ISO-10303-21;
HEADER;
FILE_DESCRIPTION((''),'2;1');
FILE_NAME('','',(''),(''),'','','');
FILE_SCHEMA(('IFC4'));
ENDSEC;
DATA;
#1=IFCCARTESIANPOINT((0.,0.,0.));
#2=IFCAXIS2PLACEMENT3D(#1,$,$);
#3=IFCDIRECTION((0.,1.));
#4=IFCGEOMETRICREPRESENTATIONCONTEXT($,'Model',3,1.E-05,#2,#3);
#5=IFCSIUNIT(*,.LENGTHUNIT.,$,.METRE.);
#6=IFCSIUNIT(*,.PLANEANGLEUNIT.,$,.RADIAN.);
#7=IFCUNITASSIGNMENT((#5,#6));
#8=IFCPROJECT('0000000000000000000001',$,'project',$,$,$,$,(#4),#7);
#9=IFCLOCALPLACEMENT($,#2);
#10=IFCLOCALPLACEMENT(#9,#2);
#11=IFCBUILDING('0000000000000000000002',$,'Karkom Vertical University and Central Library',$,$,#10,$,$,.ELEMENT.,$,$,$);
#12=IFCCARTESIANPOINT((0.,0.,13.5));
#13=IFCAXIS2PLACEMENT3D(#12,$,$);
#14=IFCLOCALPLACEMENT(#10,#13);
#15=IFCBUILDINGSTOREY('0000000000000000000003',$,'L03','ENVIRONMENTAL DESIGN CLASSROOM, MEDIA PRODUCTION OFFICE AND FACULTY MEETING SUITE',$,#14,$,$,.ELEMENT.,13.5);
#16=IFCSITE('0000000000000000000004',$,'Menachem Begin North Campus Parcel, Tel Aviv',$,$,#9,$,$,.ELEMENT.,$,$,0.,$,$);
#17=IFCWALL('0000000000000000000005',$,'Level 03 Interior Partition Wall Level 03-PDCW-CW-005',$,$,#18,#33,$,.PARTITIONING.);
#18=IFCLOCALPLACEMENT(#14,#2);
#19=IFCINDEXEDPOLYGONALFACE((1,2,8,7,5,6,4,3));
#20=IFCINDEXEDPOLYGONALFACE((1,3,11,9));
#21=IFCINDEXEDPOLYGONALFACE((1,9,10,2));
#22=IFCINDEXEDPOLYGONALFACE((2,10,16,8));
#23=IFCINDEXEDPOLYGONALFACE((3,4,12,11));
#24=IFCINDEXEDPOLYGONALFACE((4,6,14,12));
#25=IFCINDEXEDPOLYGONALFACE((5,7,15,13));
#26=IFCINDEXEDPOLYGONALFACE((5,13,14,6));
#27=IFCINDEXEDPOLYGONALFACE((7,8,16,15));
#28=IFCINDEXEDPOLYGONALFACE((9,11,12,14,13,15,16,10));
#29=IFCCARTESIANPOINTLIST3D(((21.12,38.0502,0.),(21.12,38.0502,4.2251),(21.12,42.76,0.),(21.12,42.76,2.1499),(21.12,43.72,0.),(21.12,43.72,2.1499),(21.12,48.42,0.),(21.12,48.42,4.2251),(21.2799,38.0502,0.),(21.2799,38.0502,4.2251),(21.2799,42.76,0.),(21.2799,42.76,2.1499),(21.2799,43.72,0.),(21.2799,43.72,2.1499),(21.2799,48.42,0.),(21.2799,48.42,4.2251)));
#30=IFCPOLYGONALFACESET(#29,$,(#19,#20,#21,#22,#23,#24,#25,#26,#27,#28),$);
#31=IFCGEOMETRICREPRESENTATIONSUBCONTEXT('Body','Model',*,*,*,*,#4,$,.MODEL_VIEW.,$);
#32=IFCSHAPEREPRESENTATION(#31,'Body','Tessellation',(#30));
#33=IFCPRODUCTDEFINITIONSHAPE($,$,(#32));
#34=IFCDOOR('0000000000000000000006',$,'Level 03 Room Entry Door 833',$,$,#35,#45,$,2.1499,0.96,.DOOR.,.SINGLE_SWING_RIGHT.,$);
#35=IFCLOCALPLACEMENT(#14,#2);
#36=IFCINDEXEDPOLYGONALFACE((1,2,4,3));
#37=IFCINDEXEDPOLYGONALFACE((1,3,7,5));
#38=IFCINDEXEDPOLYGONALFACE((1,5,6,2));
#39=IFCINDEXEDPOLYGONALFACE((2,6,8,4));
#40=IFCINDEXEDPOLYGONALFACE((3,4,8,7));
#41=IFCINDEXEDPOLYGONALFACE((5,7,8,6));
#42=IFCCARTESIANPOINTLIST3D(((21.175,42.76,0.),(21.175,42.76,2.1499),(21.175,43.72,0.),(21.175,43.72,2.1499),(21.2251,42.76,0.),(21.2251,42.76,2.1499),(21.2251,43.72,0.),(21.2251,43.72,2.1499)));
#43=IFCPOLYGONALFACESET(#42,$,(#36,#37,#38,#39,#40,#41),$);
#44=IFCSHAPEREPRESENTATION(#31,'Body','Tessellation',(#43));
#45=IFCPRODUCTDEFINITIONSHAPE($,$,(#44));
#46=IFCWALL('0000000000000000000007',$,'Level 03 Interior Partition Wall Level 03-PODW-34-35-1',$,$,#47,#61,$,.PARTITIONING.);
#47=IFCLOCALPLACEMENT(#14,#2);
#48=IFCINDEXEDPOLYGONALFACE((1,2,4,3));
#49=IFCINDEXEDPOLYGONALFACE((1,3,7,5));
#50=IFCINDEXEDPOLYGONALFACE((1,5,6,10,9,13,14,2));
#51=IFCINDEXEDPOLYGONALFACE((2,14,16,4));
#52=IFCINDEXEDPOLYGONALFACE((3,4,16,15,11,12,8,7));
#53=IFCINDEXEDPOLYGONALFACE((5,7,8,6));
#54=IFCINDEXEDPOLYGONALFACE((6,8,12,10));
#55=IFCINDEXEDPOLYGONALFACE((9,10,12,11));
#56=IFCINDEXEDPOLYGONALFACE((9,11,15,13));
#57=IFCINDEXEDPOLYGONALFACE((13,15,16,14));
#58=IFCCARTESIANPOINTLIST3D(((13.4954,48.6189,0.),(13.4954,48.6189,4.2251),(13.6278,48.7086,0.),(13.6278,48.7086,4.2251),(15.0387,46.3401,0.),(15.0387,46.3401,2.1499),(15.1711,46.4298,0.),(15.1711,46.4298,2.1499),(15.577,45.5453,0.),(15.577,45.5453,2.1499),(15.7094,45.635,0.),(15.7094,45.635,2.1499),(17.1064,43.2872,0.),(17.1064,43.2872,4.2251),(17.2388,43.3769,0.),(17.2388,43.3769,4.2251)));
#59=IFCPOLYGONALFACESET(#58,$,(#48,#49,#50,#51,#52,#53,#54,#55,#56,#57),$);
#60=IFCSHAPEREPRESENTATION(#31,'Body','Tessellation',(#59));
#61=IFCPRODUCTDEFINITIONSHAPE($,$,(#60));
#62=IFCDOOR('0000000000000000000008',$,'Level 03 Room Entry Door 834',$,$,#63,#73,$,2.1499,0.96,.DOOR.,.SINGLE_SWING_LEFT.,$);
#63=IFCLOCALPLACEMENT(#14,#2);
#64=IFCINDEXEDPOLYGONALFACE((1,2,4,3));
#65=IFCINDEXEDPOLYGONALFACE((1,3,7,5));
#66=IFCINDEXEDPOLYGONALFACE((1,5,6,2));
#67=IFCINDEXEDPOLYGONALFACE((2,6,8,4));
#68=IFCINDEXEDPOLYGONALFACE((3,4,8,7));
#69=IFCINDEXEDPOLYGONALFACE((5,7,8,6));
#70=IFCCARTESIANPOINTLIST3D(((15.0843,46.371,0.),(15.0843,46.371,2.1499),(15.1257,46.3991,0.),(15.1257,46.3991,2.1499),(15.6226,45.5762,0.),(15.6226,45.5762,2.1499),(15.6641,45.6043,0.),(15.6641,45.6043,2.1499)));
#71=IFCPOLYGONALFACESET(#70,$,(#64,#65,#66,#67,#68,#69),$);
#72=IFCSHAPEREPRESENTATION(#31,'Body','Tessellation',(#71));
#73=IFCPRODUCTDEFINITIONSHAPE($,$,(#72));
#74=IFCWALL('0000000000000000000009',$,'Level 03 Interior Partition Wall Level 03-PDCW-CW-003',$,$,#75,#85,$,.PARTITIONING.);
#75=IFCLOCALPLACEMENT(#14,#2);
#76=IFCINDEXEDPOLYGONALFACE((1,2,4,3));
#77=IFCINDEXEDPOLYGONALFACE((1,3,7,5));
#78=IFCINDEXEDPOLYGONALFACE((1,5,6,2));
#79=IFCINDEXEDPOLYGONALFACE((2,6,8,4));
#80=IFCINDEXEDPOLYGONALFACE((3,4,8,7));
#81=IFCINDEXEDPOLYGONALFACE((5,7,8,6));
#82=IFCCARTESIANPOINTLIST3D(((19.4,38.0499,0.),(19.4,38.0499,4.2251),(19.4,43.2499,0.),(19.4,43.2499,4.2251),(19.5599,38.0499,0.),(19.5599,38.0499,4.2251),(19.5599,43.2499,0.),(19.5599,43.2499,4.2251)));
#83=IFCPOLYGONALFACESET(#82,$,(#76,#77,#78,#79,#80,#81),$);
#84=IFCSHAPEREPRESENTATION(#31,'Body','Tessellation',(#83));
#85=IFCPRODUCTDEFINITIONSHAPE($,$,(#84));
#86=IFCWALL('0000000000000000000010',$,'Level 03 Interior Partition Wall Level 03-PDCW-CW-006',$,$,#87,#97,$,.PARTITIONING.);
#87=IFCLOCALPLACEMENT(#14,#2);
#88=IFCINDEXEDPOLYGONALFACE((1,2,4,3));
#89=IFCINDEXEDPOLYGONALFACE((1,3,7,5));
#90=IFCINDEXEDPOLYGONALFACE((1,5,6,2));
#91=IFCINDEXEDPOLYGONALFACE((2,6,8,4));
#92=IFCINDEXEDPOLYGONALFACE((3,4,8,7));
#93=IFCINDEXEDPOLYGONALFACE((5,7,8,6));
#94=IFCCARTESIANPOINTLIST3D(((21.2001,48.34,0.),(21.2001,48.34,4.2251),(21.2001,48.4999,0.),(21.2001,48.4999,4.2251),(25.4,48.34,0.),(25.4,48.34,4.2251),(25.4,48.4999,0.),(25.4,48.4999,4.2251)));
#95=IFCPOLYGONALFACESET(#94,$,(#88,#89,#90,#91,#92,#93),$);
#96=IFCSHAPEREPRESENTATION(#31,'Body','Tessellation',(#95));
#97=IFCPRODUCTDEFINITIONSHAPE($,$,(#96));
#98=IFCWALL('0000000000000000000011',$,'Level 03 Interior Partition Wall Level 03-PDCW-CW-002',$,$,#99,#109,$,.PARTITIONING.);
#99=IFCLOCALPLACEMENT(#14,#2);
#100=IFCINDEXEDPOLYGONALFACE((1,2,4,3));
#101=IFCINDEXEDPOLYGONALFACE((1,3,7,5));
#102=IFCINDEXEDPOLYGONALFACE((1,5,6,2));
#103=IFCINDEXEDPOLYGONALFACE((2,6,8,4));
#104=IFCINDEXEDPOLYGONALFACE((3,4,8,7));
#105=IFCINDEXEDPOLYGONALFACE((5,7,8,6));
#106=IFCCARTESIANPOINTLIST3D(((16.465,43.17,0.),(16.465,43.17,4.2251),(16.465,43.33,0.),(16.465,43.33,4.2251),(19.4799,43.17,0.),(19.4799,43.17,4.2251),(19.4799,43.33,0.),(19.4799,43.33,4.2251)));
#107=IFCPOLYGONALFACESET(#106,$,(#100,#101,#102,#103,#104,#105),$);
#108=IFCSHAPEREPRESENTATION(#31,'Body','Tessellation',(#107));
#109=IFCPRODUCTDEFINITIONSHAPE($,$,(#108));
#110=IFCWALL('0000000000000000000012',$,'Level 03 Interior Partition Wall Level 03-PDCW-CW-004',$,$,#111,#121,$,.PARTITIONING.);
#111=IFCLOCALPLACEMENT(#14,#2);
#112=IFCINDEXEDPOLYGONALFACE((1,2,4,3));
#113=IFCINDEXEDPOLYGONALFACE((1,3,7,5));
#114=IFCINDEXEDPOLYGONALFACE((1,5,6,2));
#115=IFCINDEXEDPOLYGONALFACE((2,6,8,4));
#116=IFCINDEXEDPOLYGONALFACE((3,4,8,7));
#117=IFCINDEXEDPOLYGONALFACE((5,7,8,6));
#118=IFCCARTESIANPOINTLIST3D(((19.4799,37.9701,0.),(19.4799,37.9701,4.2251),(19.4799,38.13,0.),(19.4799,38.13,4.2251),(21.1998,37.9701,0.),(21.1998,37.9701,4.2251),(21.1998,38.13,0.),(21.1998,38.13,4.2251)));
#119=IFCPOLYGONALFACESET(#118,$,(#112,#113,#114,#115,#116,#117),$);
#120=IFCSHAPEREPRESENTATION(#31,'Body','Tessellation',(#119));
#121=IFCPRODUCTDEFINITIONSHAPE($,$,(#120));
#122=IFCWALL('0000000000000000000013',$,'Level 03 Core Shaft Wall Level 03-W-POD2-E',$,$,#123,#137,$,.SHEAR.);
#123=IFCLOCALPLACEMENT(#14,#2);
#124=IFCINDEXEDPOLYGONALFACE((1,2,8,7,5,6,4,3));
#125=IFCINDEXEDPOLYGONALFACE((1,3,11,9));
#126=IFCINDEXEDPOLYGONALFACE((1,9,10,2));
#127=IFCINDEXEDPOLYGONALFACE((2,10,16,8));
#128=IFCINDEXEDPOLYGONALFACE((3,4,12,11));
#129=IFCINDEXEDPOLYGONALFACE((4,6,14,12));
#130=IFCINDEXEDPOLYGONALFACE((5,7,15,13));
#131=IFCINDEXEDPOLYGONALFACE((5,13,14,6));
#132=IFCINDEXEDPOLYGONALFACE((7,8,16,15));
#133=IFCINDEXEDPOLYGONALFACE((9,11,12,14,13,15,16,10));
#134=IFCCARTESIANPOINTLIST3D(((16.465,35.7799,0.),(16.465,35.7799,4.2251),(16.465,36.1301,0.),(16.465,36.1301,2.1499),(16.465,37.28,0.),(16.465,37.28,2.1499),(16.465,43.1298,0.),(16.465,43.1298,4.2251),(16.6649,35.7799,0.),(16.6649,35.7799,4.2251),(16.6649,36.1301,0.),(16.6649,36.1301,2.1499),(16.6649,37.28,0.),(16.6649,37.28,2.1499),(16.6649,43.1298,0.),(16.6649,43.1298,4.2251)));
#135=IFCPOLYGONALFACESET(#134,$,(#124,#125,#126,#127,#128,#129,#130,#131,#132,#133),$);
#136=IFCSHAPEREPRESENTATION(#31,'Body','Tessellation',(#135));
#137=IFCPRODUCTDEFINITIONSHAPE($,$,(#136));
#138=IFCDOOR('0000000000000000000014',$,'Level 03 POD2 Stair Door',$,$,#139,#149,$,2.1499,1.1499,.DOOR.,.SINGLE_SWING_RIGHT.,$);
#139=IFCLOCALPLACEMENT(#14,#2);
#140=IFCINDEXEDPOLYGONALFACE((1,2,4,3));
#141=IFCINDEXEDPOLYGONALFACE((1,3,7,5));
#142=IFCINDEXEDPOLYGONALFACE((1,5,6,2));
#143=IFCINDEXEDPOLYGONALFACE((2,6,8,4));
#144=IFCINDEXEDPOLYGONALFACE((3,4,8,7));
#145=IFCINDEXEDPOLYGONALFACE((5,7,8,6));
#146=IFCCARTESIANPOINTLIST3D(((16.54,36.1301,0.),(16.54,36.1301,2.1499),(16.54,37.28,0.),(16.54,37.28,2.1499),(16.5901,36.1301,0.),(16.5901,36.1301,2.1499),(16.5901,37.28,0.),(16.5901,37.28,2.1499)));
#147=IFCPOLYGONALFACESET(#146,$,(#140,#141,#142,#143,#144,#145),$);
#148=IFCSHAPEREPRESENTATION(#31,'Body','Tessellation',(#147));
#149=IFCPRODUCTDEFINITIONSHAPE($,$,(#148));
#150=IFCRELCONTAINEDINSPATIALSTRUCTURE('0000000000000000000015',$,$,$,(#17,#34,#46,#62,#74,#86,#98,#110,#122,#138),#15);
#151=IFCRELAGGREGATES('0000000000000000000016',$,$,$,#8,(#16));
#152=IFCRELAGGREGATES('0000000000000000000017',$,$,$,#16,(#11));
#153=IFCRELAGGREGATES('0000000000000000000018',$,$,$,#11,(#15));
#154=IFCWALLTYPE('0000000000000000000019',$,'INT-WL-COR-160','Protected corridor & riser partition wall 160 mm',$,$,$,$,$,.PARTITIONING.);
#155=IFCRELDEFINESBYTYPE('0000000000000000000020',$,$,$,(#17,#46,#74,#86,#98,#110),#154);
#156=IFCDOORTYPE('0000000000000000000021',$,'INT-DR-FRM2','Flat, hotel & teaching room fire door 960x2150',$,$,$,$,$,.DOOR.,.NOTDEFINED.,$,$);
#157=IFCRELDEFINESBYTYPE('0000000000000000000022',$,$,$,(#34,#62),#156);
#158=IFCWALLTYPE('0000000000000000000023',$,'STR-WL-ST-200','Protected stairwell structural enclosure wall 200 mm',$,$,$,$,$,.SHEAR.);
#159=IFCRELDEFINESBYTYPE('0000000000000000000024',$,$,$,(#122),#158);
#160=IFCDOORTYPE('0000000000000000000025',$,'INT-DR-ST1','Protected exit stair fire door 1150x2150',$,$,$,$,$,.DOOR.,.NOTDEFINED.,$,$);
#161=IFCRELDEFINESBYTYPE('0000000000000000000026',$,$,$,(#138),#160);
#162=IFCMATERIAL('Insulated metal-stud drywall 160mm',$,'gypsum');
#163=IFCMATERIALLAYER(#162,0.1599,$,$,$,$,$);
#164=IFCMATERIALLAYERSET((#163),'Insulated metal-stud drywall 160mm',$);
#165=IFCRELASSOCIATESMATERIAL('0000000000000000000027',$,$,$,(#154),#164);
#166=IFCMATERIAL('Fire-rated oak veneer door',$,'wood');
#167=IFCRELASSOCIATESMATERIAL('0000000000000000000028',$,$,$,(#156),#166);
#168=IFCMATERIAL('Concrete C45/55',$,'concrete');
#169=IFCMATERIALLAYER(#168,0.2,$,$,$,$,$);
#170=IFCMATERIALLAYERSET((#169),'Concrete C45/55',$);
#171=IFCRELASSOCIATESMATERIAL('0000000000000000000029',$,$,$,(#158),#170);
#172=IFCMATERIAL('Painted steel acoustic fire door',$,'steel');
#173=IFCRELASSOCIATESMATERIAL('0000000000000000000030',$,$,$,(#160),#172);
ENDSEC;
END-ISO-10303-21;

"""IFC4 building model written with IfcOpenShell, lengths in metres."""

from ifc_helpers import new_model, si_unit, direction, frame, frame_2d, origin, origin_with_axes, place, context, subcontext, project, spatial, rectangle, extrude, source, transform, mapped, material, layer, layer_set, type_object, element, fill, save


model = new_model("IFC4")

# Units and contexts
model_context = context("Model", 3, precision=1e-05, world=origin(), true_north=direction((0.0, 1.0)))
body_context = subcontext(model_context, "Body", "Model", "MODEL_VIEW")
ifc_project = project(units=[si_unit("LENGTHUNIT", "METRE"), si_unit("PLANEANGLEUNIT", "RADIAN")], contexts=[model_context])

# Site, building, storey
site_placement = place(None, origin())
site = spatial("IfcSite", under=ifc_project, at=site_placement, Name="Menachem Begin North Campus Parcel, Tel Aviv", CompositionType="ELEMENT", RefElevation=0.0)
building_placement = place(site_placement, origin())
building = spatial("IfcBuilding", under=site, at=building_placement, Name="Karkom Vertical University and Central Library", CompositionType="ELEMENT")
storey_placement = place(building_placement, frame((0.0, 0.0, 13.5)))
storey = spatial("IfcBuildingStorey", under=building, at=storey_placement, Name="L03", Description="ENVIRONMENTAL DESIGN CLASSROOM, MEDIA PRODUCTION OFFICE AND FACULTY MEETING SUITE", CompositionType="ELEMENT", Elevation=13.5)

# Walls, openings, doors
ifc_material_1 = material(Name="Insulated metal-stud drywall 160mm", Category="gypsum")
ifc_layer_1 = layer(ifc_material_1, 0.1599)
ifc_layer_set_1 = layer_set([ifc_layer_1], Name="Insulated metal-stud drywall 160mm")
wall_type_1 = type_object("IfcWallType", Name="INT-WL-COR-160", Description="Protected corridor & riser partition wall 160 mm", PredefinedType="PARTITIONING", material=ifc_layer_set_1)
wall_1_placement = place(storey_placement, frame((21.2, 38.05, 0.0), z_axis=(0.0, 0.0, 1.0), x_axis=(0.0, 1.0, 0.0)))
wall_1 = element("IfcWall", 1, at=wall_1_placement, inside=storey, type_object=wall_type_1, Name="Level 03 Interior Partition Wall Level 03-PDCW-CW-005", PredefinedType="PARTITIONING", context=body_context, shape_type="SweptSolid", body=[
    extrude(rectangle(XDim=10.3699, YDim=0.1599, at=frame_2d((5.1851, 0.0))), origin(), (0.0, 0.0, 1.0), 4.2251),
])
opening_1_placement = place(wall_1_placement, frame((4.71, 0.0, 0.0)))
opening_1 = element("IfcOpeningElement", 2, at=opening_1_placement, cuts=wall_1, PredefinedType="OPENING", context=body_context, shape_type="SweptSolid", body=[
    extrude(rectangle(XDim=0.96, YDim=2.1499, at=frame_2d((0.48, 1.075))), frame((0.0, 0.0898, 0.0), z_axis=(0.0, -1.0, 0.0), x_axis=(1.0, 0.0, 0.0)), (0.0, 0.0, 1.0), 0.1799),
])
ifc_material_2 = material(Name="Fire-rated oak veneer door", Category="wood")
door_type_1 = type_object("IfcDoorType", Name="INT-DR-FRM2", Description="Flat, hotel & teaching room fire door 960x2150", OperationType="NOTDEFINED", PredefinedType="DOOR", material=ifc_material_2)
shared_shape_1 = source(origin_with_axes(), body_context, "Body", "SweptSolid", [
    extrude(rectangle(XDim=0.96, YDim=2.1499, at=frame_2d((0.48, 1.075))), frame((0.0, 0.0249, 0.0), z_axis=(0.0, -1.0, 0.0), x_axis=(1.0, 0.0, 0.0)), (0.0, 0.0, 1.0), 0.05),
])
door_1_placement = place(opening_1_placement, origin())
door_1 = element("IfcDoor", 3, at=door_1_placement, inside=storey, type_object=door_type_1, Name="Level 03 Room Entry Door 833", OperationType="SINGLE_SWING_RIGHT", OverallHeight=2.1499, OverallWidth=0.96, PredefinedType="DOOR", context=body_context, shape_type="MappedRepresentation", body=[
    mapped(shared_shape_1, transform((0.0, 0.0, 0.0), scale=1.0)),
])
fill(opening_1, door_1)
wall_2_placement = place(storey_placement, frame((17.1726, 43.332, 0.0), z_axis=(0.0, 0.0, 1.0), x_axis=(-0.560766, 0.827974, 0.0)))
wall_2 = element("IfcWall", 4, at=wall_2_placement, inside=storey, type_object=wall_type_1, Name="Level 03 Interior Partition Wall Level 03-PODW-34-35-1", PredefinedType="PARTITIONING", context=body_context, shape_type="SweptSolid", body=[
    extrude(rectangle(XDim=6.4395, YDim=0.1599, at=frame_2d((3.2197, 0.0))), origin(), (0.0, 0.0, 1.0), 4.2251),
])
opening_2_placement = place(wall_2_placement, frame((2.7273, 0.0, 0.0)))
opening_2 = element("IfcOpeningElement", 5, at=opening_2_placement, cuts=wall_2, PredefinedType="OPENING", context=body_context, shape_type="SweptSolid", body=[
    extrude(rectangle(XDim=0.96, YDim=2.1499, at=frame_2d((0.48, 1.075))), frame((0.0, 0.0898, 0.0), z_axis=(0.0, -1.0, 0.0), x_axis=(1.0, 0.0, 0.0)), (0.0, 0.0, 1.0), 0.1799),
])
door_2_placement = place(opening_2_placement, origin())
door_2 = element("IfcDoor", 6, at=door_2_placement, inside=storey, type_object=door_type_1, Name="Level 03 Room Entry Door 834", OperationType="SINGLE_SWING_LEFT", OverallHeight=2.1499, OverallWidth=0.96, PredefinedType="DOOR", context=body_context, shape_type="MappedRepresentation", body=[
    mapped(shared_shape_1, transform((0.0, 0.0, 0.0), scale=1.0)),
])
fill(opening_2, door_2)

# Walls
wall_3_placement = place(storey_placement, frame((19.48, 43.25, 0.0), z_axis=(0.0, 0.0, 1.0), x_axis=(0.0, -1.0, 0.0)))
element("IfcWall", 7, at=wall_3_placement, inside=storey, type_object=wall_type_1, Name="Level 03 Interior Partition Wall Level 03-PDCW-CW-003", PredefinedType="PARTITIONING", context=body_context, shape_type="SweptSolid", body=[
    extrude(rectangle(XDim=5.2, YDim=0.1599, at=frame_2d((2.6001, 0.0))), origin(), (0.0, 0.0, 1.0), 4.2251),
])
wall_4_placement = place(storey_placement, frame((21.2, 48.4199, 0.0), z_axis=(0.0, 0.0, 1.0), x_axis=(1.0, 0.0, 0.0)))
element("IfcWall", 8, at=wall_4_placement, inside=storey, type_object=wall_type_1, Name="Level 03 Interior Partition Wall Level 03-PDCW-CW-006", PredefinedType="PARTITIONING", context=body_context, shape_type="SweptSolid", body=[
    extrude(rectangle(XDim=4.2, YDim=0.1599, at=frame_2d((2.1001, 0.0))), origin(), (0.0, 0.0, 1.0), 4.2251),
])
wall_5_placement = place(storey_placement, frame((16.4651, 43.25, 0.0), z_axis=(0.0, 0.0, 1.0), x_axis=(1.0, 0.0, 0.0)))
element("IfcWall", 9, at=wall_5_placement, inside=storey, type_object=wall_type_1, Name="Level 03 Interior Partition Wall Level 03-PDCW-CW-002", PredefinedType="PARTITIONING", context=body_context, shape_type="SweptSolid", body=[
    extrude(rectangle(XDim=3.0149, YDim=0.1599, at=frame_2d((1.5073, 0.0))), origin(), (0.0, 0.0, 1.0), 4.2251),
])
wall_6_placement = place(storey_placement, frame((19.48, 38.05, 0.0), z_axis=(0.0, 0.0, 1.0), x_axis=(1.0, 0.0, 0.0)))
element("IfcWall", 10, at=wall_6_placement, inside=storey, type_object=wall_type_1, Name="Level 03 Interior Partition Wall Level 03-PDCW-CW-004", PredefinedType="PARTITIONING", context=body_context, shape_type="SweptSolid", body=[
    extrude(rectangle(XDim=1.72, YDim=0.1599, at=frame_2d((0.8599, 0.0))), origin(), (0.0, 0.0, 1.0), 4.2251),
])

# Wall, opening, door
ifc_material_3 = material(Name="Concrete C45/55", Category="concrete")
ifc_layer_2 = layer(ifc_material_3, 0.2)
ifc_layer_set_2 = layer_set([ifc_layer_2], Name="Concrete C45/55")
wall_type_2 = type_object("IfcWallType", Name="STR-WL-ST-200", Description="Protected stairwell structural enclosure wall 200 mm", PredefinedType="SHEAR", material=ifc_layer_set_2)
wall_7_placement = place(storey_placement, frame((16.5649, 35.78, 0.0), z_axis=(0.0, 0.0, 1.0), x_axis=(0.0, 1.0, 0.0)))
wall_7 = element("IfcWall", 11, at=wall_7_placement, inside=storey, type_object=wall_type_2, Name="Level 03 Core Shaft Wall Level 03-W-POD2-E", PredefinedType="SHEAR", context=body_context, shape_type="SweptSolid", body=[
    extrude(rectangle(XDim=7.3499, YDim=0.2, at=frame_2d((3.6748, 0.0))), origin(), (0.0, 0.0, 1.0), 4.2251),
])
opening_3_placement = place(wall_7_placement, frame((0.3501, 0.0, 0.0)))
opening_3 = element("IfcOpeningElement", 12, at=opening_3_placement, cuts=wall_7, PredefinedType="OPENING", context=body_context, shape_type="SweptSolid", body=[
    extrude(rectangle(XDim=1.1499, YDim=2.1499, at=frame_2d((0.575, 1.075))), frame((0.0, 0.1099, 0.0), z_axis=(0.0, -1.0, 0.0), x_axis=(1.0, 0.0, 0.0)), (0.0, 0.0, 1.0), 0.22),
])
ifc_material_4 = material(Name="Painted steel acoustic fire door", Category="steel")
door_type_2 = type_object("IfcDoorType", Name="INT-DR-ST1", Description="Protected exit stair fire door 1150x2150", OperationType="NOTDEFINED", PredefinedType="DOOR", material=ifc_material_4)
shared_shape_2 = source(origin_with_axes(), body_context, "Body", "SweptSolid", [
    extrude(rectangle(XDim=1.1499, YDim=2.1499, at=frame_2d((0.575, 1.075))), frame((0.0, 0.0249, 0.0), z_axis=(0.0, -1.0, 0.0), x_axis=(1.0, 0.0, 0.0)), (0.0, 0.0, 1.0), 0.05),
])
door_3_placement = place(opening_3_placement, origin())
door_3 = element("IfcDoor", 13, at=door_3_placement, inside=storey, type_object=door_type_2, Name="Level 03 POD2 Stair Door", OperationType="SINGLE_SWING_RIGHT", OverallHeight=2.1499, OverallWidth=1.1499, PredefinedType="DOOR", context=body_context, shape_type="MappedRepresentation", body=[
    mapped(shared_shape_2, transform((0.0, 0.0, 0.0), scale=1.0)),
])
fill(opening_3, door_3)

save(model, "model.ifc")
